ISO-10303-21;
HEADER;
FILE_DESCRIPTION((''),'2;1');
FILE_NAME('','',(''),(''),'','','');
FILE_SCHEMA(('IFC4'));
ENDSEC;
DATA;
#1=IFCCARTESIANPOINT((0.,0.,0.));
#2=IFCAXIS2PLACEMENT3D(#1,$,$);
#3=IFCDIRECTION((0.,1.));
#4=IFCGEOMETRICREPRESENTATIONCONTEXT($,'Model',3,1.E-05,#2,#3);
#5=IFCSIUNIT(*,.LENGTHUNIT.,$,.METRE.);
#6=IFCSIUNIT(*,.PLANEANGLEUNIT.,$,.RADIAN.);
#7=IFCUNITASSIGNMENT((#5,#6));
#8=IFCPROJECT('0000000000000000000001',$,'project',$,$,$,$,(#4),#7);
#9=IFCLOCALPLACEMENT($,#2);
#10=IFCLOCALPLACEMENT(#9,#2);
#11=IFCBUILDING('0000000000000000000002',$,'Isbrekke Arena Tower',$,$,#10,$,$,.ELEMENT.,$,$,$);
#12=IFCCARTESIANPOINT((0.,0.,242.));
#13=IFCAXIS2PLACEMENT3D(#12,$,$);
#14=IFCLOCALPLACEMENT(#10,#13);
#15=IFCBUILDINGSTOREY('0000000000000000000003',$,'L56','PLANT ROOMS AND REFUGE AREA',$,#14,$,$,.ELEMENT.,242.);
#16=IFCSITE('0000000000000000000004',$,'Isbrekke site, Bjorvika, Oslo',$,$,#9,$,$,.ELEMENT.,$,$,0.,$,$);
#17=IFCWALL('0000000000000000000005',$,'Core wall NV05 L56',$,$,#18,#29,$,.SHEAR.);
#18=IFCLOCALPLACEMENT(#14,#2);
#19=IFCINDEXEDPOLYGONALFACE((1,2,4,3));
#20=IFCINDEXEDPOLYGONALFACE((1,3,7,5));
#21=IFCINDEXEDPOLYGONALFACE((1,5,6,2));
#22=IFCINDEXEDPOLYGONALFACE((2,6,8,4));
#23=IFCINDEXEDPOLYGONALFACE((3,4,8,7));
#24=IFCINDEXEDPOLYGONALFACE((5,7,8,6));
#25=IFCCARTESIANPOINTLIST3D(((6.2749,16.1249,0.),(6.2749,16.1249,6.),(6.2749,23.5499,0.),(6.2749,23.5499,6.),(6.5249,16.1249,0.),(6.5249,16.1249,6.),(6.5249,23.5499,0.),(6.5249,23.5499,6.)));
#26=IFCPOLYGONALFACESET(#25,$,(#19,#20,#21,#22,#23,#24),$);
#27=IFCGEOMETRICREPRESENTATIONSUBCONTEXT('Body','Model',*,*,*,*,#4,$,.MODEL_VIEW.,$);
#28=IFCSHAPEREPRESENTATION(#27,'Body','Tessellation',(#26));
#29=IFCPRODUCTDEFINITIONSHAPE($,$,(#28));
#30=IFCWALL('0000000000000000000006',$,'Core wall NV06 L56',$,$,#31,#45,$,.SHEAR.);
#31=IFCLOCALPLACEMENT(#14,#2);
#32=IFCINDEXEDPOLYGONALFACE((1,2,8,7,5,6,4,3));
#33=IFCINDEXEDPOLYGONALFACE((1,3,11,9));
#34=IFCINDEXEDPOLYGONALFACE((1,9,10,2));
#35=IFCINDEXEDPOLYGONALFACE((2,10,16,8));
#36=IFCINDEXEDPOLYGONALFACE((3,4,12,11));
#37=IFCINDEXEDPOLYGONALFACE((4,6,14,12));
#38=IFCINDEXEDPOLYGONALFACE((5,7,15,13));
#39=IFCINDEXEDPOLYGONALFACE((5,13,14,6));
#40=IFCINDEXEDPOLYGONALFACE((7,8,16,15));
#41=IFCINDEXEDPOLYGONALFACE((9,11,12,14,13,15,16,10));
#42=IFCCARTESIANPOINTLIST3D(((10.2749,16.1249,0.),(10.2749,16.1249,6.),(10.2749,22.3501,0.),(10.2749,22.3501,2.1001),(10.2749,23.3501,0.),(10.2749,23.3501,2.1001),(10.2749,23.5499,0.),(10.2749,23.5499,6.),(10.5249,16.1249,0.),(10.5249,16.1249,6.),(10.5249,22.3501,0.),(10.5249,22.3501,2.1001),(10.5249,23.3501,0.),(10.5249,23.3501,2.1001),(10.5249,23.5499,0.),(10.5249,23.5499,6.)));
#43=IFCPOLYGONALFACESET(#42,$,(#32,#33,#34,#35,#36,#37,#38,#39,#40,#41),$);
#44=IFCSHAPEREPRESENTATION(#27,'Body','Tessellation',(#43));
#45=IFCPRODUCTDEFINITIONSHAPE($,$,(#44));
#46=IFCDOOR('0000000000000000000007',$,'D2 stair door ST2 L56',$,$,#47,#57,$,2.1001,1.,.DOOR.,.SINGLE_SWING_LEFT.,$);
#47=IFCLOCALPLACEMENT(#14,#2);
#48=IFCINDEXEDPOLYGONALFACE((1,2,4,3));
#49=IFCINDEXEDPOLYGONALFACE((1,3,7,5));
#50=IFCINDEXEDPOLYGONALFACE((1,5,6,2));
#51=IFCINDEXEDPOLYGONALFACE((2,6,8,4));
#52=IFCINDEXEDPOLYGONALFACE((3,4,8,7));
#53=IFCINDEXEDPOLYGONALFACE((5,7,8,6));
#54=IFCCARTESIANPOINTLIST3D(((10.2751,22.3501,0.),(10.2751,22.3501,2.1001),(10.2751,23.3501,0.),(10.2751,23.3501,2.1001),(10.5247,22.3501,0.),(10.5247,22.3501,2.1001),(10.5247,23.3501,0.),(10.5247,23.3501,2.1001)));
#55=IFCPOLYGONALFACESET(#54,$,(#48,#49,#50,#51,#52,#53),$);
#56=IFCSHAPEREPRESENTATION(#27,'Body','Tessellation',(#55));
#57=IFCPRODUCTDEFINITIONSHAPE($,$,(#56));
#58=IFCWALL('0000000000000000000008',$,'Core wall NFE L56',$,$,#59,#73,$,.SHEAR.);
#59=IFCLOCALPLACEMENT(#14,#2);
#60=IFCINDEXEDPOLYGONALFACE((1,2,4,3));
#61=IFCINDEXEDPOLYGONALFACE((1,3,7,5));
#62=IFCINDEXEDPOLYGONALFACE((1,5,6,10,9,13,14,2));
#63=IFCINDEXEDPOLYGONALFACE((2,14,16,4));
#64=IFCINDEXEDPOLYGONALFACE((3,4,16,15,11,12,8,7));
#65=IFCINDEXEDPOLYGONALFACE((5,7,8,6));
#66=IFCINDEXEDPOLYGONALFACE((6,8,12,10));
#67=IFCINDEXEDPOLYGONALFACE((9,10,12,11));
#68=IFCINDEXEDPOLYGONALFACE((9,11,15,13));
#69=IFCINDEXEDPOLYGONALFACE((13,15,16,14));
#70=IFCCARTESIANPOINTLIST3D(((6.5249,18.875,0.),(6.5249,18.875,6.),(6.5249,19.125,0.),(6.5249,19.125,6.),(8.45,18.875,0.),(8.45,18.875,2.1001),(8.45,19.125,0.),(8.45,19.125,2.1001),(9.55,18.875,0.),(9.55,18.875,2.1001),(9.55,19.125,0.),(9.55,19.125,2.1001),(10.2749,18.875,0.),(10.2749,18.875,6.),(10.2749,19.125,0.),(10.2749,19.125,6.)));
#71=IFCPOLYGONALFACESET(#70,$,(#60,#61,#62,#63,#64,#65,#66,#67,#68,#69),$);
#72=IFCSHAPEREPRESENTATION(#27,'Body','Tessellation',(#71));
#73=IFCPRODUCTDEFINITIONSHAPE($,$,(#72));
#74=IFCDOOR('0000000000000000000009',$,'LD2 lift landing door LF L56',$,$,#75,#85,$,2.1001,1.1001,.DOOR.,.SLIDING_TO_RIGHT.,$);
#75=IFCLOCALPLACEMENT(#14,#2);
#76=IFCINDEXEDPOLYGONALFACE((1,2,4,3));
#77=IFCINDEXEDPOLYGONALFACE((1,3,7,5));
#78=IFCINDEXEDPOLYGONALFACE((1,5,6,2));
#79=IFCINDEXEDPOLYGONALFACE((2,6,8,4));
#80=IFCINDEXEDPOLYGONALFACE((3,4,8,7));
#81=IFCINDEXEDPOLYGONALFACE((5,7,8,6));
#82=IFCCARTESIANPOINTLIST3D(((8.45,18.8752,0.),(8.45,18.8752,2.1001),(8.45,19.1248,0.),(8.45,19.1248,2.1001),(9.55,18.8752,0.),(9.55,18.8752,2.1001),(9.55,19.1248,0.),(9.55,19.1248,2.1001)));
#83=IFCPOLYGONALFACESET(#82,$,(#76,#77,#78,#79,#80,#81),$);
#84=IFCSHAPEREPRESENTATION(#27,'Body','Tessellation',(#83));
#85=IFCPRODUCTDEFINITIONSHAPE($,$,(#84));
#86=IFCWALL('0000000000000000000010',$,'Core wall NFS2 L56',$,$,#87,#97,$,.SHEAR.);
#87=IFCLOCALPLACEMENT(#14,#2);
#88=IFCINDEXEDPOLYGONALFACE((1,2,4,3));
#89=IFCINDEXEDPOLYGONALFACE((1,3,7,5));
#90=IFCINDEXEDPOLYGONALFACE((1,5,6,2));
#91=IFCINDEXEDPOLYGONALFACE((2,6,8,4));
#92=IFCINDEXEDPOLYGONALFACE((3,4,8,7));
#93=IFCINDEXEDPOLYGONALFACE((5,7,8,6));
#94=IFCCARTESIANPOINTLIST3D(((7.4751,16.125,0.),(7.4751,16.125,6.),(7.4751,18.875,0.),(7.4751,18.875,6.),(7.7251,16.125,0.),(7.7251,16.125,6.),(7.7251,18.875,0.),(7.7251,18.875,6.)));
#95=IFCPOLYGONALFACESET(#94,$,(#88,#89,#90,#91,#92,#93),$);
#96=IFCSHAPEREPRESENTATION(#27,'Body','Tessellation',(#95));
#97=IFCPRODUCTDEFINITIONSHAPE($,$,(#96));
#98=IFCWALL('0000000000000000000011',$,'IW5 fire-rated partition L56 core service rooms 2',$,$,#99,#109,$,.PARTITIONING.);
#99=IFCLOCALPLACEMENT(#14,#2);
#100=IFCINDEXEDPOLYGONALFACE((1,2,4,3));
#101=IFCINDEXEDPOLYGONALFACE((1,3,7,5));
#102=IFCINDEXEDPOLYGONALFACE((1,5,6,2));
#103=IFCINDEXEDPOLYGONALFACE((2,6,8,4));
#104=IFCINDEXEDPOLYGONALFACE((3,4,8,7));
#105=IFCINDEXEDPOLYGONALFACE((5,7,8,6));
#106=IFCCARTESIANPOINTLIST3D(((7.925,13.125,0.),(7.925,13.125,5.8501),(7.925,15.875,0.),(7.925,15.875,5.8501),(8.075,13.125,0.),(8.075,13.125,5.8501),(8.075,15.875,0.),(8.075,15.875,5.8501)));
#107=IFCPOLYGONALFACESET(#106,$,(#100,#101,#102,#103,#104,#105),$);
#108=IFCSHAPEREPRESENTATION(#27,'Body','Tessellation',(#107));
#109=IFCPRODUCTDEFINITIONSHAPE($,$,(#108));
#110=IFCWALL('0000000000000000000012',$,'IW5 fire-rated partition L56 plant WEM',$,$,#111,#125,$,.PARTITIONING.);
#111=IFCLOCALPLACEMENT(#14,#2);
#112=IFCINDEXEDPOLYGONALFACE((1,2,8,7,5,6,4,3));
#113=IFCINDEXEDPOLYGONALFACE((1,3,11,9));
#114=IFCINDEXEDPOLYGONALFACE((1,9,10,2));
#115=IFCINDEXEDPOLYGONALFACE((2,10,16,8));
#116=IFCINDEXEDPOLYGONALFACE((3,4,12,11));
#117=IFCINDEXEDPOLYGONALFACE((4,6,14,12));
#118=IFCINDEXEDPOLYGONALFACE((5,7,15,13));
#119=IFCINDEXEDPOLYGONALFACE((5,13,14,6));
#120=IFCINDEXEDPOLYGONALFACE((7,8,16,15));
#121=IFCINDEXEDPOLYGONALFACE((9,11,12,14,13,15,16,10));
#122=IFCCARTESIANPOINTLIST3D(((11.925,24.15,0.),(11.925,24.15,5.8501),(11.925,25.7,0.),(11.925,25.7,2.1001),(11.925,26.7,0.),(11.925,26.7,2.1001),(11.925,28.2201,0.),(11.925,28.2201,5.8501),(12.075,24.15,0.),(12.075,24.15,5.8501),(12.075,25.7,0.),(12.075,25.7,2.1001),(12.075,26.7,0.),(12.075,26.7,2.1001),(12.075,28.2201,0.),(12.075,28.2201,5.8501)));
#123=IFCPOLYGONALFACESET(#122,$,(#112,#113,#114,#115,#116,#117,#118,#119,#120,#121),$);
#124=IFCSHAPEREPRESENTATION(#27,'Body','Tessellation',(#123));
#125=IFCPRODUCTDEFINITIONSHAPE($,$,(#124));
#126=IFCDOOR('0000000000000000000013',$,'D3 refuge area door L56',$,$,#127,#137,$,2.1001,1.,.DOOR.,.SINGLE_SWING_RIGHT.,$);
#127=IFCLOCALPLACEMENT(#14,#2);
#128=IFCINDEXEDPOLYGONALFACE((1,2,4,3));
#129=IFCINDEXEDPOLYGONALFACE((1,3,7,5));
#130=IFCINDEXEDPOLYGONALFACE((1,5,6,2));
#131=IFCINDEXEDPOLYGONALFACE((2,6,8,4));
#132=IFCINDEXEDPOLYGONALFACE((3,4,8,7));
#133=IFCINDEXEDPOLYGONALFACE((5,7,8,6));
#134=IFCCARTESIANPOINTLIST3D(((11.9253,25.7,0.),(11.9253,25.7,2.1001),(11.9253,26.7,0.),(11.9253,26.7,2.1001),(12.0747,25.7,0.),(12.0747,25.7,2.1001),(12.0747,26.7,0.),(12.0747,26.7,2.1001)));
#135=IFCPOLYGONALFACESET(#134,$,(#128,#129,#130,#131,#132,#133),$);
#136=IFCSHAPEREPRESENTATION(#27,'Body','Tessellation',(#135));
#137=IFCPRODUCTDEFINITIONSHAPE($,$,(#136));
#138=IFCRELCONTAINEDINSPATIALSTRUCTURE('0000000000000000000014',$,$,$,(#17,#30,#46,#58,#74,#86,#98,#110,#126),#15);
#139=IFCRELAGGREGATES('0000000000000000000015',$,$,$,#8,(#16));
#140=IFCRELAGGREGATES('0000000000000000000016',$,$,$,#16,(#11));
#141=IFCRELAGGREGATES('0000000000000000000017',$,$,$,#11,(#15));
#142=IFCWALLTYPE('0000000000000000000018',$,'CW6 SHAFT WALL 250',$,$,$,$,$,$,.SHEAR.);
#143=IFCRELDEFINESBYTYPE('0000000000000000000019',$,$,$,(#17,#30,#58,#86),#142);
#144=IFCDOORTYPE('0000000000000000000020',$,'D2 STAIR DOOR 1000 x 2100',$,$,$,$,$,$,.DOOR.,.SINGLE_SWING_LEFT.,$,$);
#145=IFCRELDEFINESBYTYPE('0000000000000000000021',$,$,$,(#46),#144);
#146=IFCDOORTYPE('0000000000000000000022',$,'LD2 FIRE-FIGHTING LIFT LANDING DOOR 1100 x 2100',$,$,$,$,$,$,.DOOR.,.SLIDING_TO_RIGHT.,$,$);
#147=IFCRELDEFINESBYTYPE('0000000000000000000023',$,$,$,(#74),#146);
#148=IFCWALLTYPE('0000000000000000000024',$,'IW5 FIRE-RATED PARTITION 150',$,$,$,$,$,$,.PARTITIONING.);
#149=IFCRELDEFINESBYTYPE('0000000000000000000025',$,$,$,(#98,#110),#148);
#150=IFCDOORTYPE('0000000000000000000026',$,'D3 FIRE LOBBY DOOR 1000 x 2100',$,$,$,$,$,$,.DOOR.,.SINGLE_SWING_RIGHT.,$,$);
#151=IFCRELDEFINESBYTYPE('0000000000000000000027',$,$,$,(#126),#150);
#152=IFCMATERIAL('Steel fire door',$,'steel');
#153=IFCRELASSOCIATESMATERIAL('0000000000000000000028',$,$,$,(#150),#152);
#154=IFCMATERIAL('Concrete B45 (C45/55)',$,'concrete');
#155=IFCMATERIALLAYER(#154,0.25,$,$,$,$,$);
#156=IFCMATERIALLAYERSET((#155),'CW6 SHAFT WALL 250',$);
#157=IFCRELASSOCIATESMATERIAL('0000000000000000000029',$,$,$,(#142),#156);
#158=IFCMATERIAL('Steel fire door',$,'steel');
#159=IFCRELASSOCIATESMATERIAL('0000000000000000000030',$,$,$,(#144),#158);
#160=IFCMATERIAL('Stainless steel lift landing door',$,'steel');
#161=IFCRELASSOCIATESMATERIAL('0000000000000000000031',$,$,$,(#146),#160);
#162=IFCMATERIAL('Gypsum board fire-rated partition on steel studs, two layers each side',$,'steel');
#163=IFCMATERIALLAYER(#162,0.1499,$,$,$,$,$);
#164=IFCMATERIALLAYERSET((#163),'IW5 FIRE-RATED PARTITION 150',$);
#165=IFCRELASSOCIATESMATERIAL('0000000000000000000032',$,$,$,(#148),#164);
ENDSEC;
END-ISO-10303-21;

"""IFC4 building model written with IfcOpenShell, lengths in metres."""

from ifc_helpers import new_model, si_unit, direction, frame, frame_2d, origin, place, context, subcontext, project, spatial, rectangle, extrude, material, layer, layer_set, type_object, element, fill, save


model = new_model("IFC4")

# Units and contexts
model_context = context("Model", 3, precision=1e-05, world=origin(), true_north=direction((0.0, 1.0)))
body_context = subcontext(model_context, "Body", "Model", "MODEL_VIEW")
ifc_project = project(units=[si_unit("LENGTHUNIT", "METRE"), si_unit("PLANEANGLEUNIT", "RADIAN")], contexts=[model_context])

# Site, building, storey
site_placement = place(None, origin())
site = spatial("IfcSite", under=ifc_project, at=site_placement, Name="Isbrekke site, Bjorvika, Oslo", CompositionType="ELEMENT", RefElevation=0.0)
building_placement = place(site_placement, origin())
building = spatial("IfcBuilding", under=site, at=building_placement, Name="Isbrekke Arena Tower", CompositionType="ELEMENT")
storey_placement = place(building_placement, frame((0.0, 0.0, 242.0)))
storey = spatial("IfcBuildingStorey", under=building, at=storey_placement, Name="L56", Description="PLANT ROOMS AND REFUGE AREA", CompositionType="ELEMENT", Elevation=242.0)

# Shared definitions
ifc_material_1 = material(Name="Steel fire door", Category="steel")
door_type_1 = type_object("IfcDoorType", Name="D3 FIRE LOBBY DOOR 1000 x 2100", OperationType="SINGLE_SWING_RIGHT", PredefinedType="DOOR", material=ifc_material_1)

# Wall
ifc_material_2 = material(Name="Concrete B45 (C45/55)", Category="concrete")
ifc_layer_1 = layer(ifc_material_2, 0.25)
ifc_layer_set_1 = layer_set([ifc_layer_1], Name="CW6 SHAFT WALL 250")
wall_type_1 = type_object("IfcWallType", Name="CW6 SHAFT WALL 250", PredefinedType="SHEAR", material=ifc_layer_set_1)
for number, where, z_axis, x_axis, name in (
    (1, (6.3999, 16.125, 0.0), (0.0, 0.0, 1.0), (0.0, 1.0, 0.0), "Core wall NV05 L56"),
):
    element("IfcWall", number, at=place(storey_placement, frame(where, z_axis=z_axis, x_axis=x_axis)), inside=storey, type_object=wall_type_1, Name=name, PredefinedType="SHEAR", context=body_context, shape_type="SweptSolid", body=[
        extrude(rectangle(XDim=7.425, YDim=0.25, at=frame_2d((3.7124, 0.0))), origin(), (0.0, 0.0, 1.0), 6.0),
    ])

# Walls, openings, doors
wall_1_placement = place(storey_placement, frame((10.3999, 16.125, 0.0), z_axis=(0.0, 0.0, 1.0), x_axis=(0.0, 1.0, 0.0)))
wall_1 = element("IfcWall", 2, at=wall_1_placement, inside=storey, type_object=wall_type_1, Name="Core wall NV06 L56", PredefinedType="SHEAR", context=body_context, shape_type="SweptSolid", body=[
    extrude(rectangle(XDim=7.425, YDim=0.25, at=frame_2d((3.7124, 0.0))), origin(), (0.0, 0.0, 1.0), 6.0),
])
opening_1_placement = place(wall_1_placement, frame((6.2251, 0.0, 0.0)))
opening_1 = element("IfcOpeningElement", 3, at=opening_1_placement, cuts=wall_1, PredefinedType="OPENING", context=body_context, shape_type="SweptSolid", body=[
    extrude(rectangle(XDim=1.0, YDim=2.1001, at=frame_2d((0.5, 1.05))), frame((0.0, 0.1399, 0.0), z_axis=(0.0, -1.0, 0.0), x_axis=(1.0, 0.0, 0.0)), (0.0, 0.0, 1.0), 0.2798),
])
ifc_material_3 = material(Name="Steel fire door", Category="steel")
door_type_2 = type_object("IfcDoorType", Name="D2 STAIR DOOR 1000 x 2100", OperationType="SINGLE_SWING_LEFT", PredefinedType="DOOR", material=ifc_material_3)
door_1_placement = place(opening_1_placement, origin())
door_1 = element("IfcDoor", 4, at=door_1_placement, inside=storey, type_object=door_type_2, Name="D2 stair door ST2 L56", OperationType="SINGLE_SWING_LEFT", OverallHeight=2.1001, OverallWidth=1.0, PredefinedType="DOOR", context=body_context, shape_type="SweptSolid", body=[
    extrude(rectangle(XDim=1.0, YDim=2.1001, at=frame_2d((0.5, 1.05))), frame((0.0, 0.1248, 0.0), z_axis=(0.0, -1.0, 0.0), x_axis=(1.0, 0.0, 0.0)), (0.0, 0.0, 1.0), 0.2495),
])
fill(opening_1, door_1)
wall_2_placement = place(storey_placement, frame((6.5249, 19.0, 0.0), z_axis=(0.0, 0.0, 1.0), x_axis=(1.0, 0.0, 0.0)))
wall_2 = element("IfcWall", 5, at=wall_2_placement, inside=storey, type_object=wall_type_1, Name="Core wall NFE L56", PredefinedType="SHEAR", context=body_context, shape_type="SweptSolid", body=[
    extrude(rectangle(XDim=3.75, YDim=0.25, at=frame_2d((1.875, 0.0))), origin(), (0.0, 0.0, 1.0), 6.0),
])
opening_2_placement = place(wall_2_placement, frame((1.925, 0.0, 0.0)))
opening_2 = element("IfcOpeningElement", 6, at=opening_2_placement, cuts=wall_2, PredefinedType="OPENING", context=body_context, shape_type="SweptSolid", body=[
    extrude(rectangle(XDim=1.1001, YDim=2.1001, at=frame_2d((0.55, 1.05))), frame((0.0, 0.1399, 0.0), z_axis=(0.0, -1.0, 0.0), x_axis=(1.0, 0.0, 0.0)), (0.0, 0.0, 1.0), 0.2798),
])
ifc_material_4 = material(Name="Stainless steel lift landing door", Category="steel")
door_type_3 = type_object("IfcDoorType", Name="LD2 FIRE-FIGHTING LIFT LANDING DOOR 1100 x 2100", OperationType="SLIDING_TO_RIGHT", PredefinedType="DOOR", material=ifc_material_4)
door_2_placement = place(opening_2_placement, origin())
door_2 = element("IfcDoor", 7, at=door_2_placement, inside=storey, type_object=door_type_3, Name="LD2 lift landing door LF L56", OperationType="SLIDING_TO_RIGHT", OverallHeight=2.1001, OverallWidth=1.1001, PredefinedType="DOOR", context=body_context, shape_type="SweptSolid", body=[
    extrude(rectangle(XDim=1.1001, YDim=2.1001, at=frame_2d((0.55, 1.05))), frame((0.0, 0.1248, 0.0), z_axis=(0.0, -1.0, 0.0), x_axis=(1.0, 0.0, 0.0)), (0.0, 0.0, 1.0), 0.2495),
])
fill(opening_2, door_2)

# Walls
wall_3_placement = place(storey_placement, frame((7.6001, 16.125, 0.0), z_axis=(0.0, 0.0, 1.0), x_axis=(0.0, 1.0, 0.0)))
element("IfcWall", 8, at=wall_3_placement, inside=storey, type_object=wall_type_1, Name="Core wall NFS2 L56", PredefinedType="SHEAR", context=body_context, shape_type="SweptSolid", body=[
    extrude(rectangle(XDim=2.75, YDim=0.25, at=frame_2d((1.375, 0.0))), origin(), (0.0, 0.0, 1.0), 6.0),
])
ifc_material_5 = material(Name="Gypsum board fire-rated partition on steel studs, two layers each side", Category="steel")
ifc_layer_2 = layer(ifc_material_5, 0.1499)
ifc_layer_set_2 = layer_set([ifc_layer_2], Name="IW5 FIRE-RATED PARTITION 150")
wall_type_2 = type_object("IfcWallType", Name="IW5 FIRE-RATED PARTITION 150", PredefinedType="PARTITIONING", material=ifc_layer_set_2)
wall_4_placement = place(storey_placement, frame((8.0, 13.125, 0.0), z_axis=(0.0, 0.0, 1.0), x_axis=(0.0, 1.0, 0.0)))
element("IfcWall", 9, at=wall_4_placement, inside=storey, type_object=wall_type_2, Name="IW5 fire-rated partition L56 core service rooms 2", PredefinedType="PARTITIONING", context=body_context, shape_type="SweptSolid", body=[
    extrude(rectangle(XDim=2.75, YDim=0.1499, at=frame_2d((1.375, 0.0))), origin(), (0.0, 0.0, 1.0), 5.8501),
])

# Wall, opening, door
wall_5_placement = place(storey_placement, frame((12.0, 24.1499, 0.0), z_axis=(0.0, 0.0, 1.0), x_axis=(0.0, 1.0, 0.0)))
wall_5 = element("IfcWall", 10, at=wall_5_placement, inside=storey, type_object=wall_type_2, Name="IW5 fire-rated partition L56 plant WEM", PredefinedType="PARTITIONING", context=body_context, shape_type="SweptSolid", body=[
    extrude(rectangle(XDim=4.0701, YDim=0.1499, at=frame_2d((2.0352, 0.0))), origin(), (0.0, 0.0, 1.0), 5.8501),
])
opening_3_placement = place(wall_5_placement, frame((1.55, 0.0, 0.0)))
opening_3 = element("IfcOpeningElement", 11, at=opening_3_placement, cuts=wall_5, PredefinedType="OPENING", context=body_context, shape_type="SweptSolid", body=[
    extrude(rectangle(XDim=1.0, YDim=2.1001, at=frame_2d((0.5, 1.05))), frame((0.0, 0.0898, 0.0), z_axis=(0.0, -1.0, 0.0), x_axis=(1.0, 0.0, 0.0)), (0.0, 0.0, 1.0), 0.1797),
])
door_3_placement = place(opening_3_placement, origin())
door_3 = element("IfcDoor", 12, at=door_3_placement, inside=storey, type_object=door_type_1, Name="D3 refuge area door L56", OperationType="SINGLE_SWING_RIGHT", OverallHeight=2.1001, OverallWidth=1.0, PredefinedType="DOOR", context=body_context, shape_type="SweptSolid", body=[
    extrude(rectangle(XDim=1.0, YDim=2.1001, at=frame_2d((0.5, 1.05))), frame((0.0, 0.0747, 0.0), z_axis=(0.0, -1.0, 0.0), x_axis=(1.0, 0.0, 0.0)), (0.0, 0.0, 1.0), 0.1494),
])
fill(opening_3, door_3)

save(model, "model.ifc")
